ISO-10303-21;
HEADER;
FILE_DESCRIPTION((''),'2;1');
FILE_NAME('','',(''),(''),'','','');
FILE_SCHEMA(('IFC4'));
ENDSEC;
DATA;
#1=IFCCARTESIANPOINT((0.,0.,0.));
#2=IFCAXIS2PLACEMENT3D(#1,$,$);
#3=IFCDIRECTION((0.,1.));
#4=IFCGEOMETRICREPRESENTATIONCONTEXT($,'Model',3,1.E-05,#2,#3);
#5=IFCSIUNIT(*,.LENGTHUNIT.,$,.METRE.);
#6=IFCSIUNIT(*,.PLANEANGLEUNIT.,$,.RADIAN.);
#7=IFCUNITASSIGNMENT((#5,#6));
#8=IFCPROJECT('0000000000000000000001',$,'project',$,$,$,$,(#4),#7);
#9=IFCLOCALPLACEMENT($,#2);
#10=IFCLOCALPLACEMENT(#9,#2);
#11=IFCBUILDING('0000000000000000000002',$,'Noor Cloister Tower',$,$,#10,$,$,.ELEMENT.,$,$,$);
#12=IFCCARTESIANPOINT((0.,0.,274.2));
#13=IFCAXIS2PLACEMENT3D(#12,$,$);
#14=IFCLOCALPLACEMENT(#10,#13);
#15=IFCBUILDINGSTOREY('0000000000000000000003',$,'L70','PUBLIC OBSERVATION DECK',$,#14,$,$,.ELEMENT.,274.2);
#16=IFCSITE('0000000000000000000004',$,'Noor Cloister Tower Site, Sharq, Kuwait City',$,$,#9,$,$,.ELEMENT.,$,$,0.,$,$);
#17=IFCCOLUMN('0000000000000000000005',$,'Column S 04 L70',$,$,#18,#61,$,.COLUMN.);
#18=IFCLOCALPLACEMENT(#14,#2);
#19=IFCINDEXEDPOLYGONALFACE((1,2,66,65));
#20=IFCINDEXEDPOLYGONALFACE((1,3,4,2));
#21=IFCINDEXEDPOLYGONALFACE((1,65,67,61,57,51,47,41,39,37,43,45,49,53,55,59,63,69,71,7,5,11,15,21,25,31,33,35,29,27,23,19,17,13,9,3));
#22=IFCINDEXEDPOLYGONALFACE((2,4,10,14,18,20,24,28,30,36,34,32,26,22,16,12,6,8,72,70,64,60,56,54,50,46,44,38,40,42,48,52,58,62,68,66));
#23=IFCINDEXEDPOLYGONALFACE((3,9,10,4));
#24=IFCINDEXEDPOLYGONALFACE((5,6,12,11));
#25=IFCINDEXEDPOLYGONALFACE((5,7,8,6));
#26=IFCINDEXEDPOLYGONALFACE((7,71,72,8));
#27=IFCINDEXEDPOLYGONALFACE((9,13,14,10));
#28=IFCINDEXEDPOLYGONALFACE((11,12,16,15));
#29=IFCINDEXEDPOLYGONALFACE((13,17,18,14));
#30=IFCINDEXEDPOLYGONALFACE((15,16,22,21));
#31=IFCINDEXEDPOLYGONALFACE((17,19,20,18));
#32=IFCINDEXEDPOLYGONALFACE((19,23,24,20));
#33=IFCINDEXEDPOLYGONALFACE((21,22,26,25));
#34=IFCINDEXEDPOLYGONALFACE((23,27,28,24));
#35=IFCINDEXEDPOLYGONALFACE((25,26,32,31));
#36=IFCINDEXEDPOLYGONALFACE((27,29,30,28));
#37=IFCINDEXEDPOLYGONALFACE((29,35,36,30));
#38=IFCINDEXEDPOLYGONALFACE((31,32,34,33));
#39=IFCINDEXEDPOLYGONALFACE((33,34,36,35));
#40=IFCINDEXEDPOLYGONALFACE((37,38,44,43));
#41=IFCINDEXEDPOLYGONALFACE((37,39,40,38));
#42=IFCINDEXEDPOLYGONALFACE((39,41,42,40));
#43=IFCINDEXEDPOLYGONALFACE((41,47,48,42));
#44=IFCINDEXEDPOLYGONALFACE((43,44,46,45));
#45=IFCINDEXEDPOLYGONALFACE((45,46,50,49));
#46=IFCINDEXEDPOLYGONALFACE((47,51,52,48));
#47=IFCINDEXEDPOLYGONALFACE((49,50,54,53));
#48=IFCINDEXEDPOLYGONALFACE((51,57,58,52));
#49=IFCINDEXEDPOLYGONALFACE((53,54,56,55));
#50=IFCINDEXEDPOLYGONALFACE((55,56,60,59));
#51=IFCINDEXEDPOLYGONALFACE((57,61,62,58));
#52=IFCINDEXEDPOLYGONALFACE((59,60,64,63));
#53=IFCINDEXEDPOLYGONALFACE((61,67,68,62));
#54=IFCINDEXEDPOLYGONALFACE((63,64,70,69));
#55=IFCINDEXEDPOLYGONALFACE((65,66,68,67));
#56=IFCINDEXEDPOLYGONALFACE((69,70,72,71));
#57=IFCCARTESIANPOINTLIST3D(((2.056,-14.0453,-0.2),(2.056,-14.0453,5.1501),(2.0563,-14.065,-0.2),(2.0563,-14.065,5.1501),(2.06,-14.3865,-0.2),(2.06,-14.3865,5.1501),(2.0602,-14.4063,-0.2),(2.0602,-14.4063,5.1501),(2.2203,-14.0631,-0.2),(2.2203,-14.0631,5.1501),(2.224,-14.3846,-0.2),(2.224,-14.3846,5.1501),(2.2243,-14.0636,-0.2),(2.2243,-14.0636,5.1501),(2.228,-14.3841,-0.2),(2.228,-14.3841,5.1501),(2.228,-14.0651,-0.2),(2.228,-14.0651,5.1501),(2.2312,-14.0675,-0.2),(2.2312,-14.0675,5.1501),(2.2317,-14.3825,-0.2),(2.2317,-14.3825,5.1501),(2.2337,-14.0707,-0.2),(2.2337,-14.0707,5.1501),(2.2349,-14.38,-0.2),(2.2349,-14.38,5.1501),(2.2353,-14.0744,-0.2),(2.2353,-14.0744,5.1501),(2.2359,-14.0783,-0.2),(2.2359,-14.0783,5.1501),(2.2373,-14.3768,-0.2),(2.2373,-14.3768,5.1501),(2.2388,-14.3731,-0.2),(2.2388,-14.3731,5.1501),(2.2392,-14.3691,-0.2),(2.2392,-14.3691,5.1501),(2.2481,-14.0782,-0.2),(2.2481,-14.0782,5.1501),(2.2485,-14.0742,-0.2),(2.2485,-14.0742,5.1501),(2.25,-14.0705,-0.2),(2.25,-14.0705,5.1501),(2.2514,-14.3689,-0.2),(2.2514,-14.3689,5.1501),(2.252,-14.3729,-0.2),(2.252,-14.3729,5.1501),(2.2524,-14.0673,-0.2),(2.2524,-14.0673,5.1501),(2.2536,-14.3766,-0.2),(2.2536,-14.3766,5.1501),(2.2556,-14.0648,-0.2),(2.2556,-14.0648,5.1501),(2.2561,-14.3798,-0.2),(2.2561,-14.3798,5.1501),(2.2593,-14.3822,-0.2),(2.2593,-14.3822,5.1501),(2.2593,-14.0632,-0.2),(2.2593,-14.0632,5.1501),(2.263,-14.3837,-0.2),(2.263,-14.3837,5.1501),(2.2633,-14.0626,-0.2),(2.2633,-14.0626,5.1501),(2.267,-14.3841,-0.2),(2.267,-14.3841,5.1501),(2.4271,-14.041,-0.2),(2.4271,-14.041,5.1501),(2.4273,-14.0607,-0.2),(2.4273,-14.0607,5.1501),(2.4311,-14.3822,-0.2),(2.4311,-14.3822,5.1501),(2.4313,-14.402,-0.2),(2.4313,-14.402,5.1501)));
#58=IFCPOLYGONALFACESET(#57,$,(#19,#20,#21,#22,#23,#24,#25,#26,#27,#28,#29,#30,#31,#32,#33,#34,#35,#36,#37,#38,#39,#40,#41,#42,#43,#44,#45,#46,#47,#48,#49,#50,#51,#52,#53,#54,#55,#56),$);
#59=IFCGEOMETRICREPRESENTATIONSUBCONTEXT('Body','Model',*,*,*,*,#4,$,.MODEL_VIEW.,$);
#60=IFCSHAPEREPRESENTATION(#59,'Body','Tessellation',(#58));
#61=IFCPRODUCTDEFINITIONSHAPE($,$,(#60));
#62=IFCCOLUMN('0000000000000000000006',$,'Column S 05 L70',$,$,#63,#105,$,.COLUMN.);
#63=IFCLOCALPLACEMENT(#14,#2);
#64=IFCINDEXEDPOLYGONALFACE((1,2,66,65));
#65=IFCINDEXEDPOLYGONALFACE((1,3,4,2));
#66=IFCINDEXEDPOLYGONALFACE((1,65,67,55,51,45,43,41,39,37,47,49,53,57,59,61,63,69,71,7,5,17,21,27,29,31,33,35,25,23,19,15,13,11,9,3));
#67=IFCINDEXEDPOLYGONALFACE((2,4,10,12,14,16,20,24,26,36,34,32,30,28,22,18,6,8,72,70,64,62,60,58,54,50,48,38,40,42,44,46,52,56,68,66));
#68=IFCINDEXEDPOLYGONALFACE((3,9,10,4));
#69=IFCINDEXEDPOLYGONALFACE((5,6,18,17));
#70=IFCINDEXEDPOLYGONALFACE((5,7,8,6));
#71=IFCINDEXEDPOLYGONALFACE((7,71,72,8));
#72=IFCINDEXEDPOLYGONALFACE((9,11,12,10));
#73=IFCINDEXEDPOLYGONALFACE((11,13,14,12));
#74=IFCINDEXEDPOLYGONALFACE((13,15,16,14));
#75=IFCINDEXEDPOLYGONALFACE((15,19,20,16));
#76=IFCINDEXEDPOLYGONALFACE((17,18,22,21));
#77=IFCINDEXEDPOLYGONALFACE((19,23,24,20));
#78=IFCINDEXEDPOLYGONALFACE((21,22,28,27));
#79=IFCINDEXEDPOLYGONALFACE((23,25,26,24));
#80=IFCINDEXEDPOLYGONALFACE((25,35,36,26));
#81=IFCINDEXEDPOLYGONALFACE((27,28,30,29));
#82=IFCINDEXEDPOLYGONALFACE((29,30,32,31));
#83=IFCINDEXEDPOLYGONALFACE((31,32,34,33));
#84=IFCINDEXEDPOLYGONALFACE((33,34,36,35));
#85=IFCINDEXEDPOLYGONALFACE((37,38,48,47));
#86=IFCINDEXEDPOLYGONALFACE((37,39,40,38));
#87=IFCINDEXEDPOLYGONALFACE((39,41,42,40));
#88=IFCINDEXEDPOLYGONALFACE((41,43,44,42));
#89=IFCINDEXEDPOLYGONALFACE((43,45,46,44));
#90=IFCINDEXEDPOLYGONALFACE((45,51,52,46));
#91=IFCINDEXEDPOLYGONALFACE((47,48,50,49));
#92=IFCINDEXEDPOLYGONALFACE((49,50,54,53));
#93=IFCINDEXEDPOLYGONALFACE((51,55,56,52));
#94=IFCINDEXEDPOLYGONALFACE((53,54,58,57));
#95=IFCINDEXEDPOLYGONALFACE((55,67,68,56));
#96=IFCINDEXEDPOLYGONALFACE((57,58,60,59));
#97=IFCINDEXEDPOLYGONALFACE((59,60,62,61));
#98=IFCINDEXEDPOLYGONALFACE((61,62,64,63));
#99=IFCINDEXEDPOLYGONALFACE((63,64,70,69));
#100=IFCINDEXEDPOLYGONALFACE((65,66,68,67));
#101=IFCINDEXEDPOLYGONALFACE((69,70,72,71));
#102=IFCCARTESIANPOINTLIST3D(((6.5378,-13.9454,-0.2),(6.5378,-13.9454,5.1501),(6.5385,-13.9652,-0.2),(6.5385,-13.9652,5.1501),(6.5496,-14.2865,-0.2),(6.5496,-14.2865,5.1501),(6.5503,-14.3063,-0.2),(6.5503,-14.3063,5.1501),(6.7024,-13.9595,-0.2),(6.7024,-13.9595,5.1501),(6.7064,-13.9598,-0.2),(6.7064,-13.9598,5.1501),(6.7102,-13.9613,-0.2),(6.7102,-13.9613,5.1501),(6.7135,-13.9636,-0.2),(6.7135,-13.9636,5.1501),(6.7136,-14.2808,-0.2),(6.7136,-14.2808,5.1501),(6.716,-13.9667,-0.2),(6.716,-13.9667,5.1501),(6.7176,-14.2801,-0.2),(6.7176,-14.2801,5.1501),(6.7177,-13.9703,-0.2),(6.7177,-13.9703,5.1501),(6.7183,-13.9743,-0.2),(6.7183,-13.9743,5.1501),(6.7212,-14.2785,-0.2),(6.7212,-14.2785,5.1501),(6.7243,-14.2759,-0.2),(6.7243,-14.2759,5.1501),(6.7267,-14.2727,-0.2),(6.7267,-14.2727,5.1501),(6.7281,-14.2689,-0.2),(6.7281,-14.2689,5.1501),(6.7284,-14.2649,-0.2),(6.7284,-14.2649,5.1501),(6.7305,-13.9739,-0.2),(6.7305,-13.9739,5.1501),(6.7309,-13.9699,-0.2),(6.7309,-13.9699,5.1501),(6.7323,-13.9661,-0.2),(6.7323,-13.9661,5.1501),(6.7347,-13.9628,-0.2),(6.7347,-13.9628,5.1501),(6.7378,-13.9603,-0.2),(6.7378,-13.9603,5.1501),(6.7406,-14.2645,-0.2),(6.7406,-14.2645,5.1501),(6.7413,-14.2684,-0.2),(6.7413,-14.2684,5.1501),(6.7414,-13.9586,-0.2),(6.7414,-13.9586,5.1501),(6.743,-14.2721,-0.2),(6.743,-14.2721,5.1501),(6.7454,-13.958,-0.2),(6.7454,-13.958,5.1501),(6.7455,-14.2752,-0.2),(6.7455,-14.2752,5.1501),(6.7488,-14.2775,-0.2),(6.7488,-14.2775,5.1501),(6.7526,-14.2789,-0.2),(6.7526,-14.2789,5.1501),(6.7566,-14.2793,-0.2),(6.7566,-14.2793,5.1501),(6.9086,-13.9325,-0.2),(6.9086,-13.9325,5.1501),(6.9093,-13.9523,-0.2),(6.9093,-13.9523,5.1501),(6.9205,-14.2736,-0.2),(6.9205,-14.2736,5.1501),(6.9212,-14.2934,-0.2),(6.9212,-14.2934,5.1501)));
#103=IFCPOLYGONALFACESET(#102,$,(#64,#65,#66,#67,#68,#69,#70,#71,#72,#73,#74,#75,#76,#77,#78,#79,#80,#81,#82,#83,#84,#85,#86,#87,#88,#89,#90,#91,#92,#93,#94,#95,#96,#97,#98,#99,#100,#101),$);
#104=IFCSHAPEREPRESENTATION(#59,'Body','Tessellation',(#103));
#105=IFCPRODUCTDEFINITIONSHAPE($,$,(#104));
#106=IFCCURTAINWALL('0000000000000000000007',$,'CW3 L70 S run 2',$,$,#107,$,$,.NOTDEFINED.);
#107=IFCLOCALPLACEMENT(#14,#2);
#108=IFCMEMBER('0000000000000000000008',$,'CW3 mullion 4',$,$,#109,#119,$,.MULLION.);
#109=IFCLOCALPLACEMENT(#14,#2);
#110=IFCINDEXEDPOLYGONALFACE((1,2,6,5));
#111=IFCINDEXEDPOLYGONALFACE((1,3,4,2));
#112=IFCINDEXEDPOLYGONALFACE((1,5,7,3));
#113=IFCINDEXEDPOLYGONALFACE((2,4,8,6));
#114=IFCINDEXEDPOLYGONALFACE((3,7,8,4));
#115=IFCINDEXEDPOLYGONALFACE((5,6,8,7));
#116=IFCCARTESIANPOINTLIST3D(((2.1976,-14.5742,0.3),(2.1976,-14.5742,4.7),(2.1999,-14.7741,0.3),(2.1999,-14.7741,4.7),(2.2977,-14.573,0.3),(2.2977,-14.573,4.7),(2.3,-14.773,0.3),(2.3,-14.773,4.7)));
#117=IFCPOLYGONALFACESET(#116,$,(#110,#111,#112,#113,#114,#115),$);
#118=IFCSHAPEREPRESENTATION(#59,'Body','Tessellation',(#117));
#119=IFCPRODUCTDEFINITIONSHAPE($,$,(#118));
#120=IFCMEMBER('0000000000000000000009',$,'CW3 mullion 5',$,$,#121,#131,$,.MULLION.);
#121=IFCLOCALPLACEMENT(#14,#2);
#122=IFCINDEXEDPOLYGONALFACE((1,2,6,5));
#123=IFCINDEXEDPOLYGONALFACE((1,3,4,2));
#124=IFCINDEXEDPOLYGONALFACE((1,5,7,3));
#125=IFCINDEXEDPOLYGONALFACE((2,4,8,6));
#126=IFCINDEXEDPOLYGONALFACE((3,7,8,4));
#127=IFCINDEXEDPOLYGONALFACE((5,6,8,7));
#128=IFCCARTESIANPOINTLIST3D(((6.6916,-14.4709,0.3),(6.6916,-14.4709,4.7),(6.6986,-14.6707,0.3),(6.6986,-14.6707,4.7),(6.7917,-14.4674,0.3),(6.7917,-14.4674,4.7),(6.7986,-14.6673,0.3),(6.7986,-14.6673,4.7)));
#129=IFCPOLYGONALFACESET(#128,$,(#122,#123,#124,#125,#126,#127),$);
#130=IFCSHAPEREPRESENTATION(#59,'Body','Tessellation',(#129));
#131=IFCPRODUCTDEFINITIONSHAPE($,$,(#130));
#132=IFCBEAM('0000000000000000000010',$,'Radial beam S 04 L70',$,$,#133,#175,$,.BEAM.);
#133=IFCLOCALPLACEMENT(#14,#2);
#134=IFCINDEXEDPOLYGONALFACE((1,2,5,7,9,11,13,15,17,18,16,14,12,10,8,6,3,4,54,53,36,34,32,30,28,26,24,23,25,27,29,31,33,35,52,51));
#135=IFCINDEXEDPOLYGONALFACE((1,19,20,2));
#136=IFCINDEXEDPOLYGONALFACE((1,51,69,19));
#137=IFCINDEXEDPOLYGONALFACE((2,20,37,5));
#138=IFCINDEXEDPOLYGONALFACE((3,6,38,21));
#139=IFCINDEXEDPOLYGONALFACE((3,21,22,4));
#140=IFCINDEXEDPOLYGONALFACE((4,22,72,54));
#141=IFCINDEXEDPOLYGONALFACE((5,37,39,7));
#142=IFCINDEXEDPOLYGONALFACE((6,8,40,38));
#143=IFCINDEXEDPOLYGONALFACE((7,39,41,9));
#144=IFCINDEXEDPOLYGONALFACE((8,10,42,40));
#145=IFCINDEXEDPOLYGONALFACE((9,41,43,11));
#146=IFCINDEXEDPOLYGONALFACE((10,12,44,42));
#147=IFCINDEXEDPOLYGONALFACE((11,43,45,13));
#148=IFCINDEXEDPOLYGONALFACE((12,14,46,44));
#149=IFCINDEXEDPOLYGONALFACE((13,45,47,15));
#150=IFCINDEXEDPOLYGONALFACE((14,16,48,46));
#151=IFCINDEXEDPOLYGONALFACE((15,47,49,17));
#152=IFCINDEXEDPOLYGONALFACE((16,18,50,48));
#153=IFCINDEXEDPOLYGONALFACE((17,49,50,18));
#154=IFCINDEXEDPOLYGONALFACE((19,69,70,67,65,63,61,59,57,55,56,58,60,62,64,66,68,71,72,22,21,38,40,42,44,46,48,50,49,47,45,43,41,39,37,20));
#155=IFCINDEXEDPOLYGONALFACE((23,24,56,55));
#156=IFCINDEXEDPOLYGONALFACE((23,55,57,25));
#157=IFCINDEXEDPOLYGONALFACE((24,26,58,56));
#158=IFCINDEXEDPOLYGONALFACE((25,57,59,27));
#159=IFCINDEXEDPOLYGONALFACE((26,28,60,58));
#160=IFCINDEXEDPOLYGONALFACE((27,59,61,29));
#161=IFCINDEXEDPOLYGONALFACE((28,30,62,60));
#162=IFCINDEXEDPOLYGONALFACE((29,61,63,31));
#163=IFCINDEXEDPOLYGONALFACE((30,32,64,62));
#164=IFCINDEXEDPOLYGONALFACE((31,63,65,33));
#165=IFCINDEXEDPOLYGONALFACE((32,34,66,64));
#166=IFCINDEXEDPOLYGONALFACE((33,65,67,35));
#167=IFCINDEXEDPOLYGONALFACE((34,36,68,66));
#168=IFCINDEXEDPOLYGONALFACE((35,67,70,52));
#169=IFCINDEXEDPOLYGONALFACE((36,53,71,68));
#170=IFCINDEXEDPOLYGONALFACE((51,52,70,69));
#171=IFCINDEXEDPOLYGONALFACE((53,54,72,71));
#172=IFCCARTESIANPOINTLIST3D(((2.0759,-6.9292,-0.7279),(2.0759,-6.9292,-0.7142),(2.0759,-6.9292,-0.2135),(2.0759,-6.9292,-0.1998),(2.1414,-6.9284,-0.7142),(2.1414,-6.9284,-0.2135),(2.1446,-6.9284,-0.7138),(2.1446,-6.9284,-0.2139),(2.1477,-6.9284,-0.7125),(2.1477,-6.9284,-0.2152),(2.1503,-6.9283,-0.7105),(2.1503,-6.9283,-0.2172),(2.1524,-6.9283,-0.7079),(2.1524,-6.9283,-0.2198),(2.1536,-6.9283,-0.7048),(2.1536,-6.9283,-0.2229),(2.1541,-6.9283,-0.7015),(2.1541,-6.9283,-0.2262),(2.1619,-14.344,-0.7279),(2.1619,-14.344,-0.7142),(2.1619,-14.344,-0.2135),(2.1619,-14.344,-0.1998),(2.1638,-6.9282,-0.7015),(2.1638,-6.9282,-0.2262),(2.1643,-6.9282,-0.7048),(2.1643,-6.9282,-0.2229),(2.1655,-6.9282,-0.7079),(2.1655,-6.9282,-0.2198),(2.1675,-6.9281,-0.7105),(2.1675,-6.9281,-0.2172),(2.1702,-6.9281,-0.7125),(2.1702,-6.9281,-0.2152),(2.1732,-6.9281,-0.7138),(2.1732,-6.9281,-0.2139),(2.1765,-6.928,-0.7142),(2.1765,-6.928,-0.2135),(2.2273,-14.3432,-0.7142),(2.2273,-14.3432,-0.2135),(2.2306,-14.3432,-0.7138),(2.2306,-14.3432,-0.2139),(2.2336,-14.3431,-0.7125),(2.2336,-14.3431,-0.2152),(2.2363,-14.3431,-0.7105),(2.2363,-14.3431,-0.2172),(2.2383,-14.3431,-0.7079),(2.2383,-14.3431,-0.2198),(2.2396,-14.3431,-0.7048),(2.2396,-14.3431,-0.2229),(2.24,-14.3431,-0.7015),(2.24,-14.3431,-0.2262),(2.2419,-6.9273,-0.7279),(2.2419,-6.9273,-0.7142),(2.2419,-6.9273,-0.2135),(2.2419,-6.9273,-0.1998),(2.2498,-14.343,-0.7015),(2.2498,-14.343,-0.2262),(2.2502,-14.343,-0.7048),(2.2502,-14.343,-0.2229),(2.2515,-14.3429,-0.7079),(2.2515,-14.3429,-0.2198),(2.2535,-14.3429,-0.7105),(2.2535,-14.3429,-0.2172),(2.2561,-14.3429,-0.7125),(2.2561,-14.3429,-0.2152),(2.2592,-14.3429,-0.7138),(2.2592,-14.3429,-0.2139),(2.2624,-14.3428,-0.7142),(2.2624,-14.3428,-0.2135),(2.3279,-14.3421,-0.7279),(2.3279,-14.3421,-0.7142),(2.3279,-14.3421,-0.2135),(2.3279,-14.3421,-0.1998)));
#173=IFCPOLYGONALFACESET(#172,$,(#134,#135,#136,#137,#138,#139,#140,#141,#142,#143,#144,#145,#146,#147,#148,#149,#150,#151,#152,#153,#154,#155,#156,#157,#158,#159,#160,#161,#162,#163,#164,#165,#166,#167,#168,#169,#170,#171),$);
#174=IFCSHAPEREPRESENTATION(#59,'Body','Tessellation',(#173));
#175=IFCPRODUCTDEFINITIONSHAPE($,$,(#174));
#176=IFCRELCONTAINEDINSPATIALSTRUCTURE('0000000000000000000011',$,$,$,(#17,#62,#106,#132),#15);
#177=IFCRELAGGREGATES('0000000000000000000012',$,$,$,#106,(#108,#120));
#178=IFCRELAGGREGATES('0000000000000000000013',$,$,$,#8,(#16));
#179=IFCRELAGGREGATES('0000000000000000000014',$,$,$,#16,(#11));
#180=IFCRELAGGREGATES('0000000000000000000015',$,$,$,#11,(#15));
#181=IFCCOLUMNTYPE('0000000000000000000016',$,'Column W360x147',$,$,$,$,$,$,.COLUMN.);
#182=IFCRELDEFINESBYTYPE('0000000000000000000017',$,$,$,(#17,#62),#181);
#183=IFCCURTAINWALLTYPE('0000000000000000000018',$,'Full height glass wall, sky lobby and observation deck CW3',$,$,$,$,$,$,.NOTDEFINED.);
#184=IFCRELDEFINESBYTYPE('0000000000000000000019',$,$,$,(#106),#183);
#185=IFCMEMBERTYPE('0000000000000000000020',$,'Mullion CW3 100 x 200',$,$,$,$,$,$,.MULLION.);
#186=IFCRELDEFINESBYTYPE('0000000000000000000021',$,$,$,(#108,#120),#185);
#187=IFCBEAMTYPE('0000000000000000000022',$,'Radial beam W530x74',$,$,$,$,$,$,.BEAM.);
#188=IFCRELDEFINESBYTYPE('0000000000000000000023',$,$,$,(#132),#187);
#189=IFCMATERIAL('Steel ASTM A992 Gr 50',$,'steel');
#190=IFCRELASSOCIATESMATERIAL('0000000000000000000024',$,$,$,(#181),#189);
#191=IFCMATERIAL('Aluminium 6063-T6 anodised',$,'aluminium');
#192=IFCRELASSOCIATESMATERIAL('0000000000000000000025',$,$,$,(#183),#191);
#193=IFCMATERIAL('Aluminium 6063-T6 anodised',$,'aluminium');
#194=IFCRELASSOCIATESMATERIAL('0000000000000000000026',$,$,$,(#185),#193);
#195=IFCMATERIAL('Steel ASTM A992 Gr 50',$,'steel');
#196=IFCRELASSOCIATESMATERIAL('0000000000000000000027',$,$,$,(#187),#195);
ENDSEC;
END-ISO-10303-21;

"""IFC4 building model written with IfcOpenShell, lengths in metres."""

from ifc_helpers import new_model, si_unit, direction, frame, origin, origin_2d, place, context, subcontext, project, spatial, rectangle, i_section, extrude, material, material_profile, profile_set, type_object, element, aggregate, save


model = new_model("IFC4")

# Units and contexts
model_context = context("Model", 3, precision=1e-05, world=origin(), true_north=direction((0.0, 1.0)))
body_context = subcontext(model_context, "Body", "Model", "MODEL_VIEW")
ifc_project = project(units=[si_unit("LENGTHUNIT", "METRE"), si_unit("PLANEANGLEUNIT", "RADIAN")], contexts=[model_context])

# Site, building, storey
site_placement = place(None, origin())
site = spatial("IfcSite", under=ifc_project, at=site_placement, Name="Noor Cloister Tower Site, Sharq, Kuwait City", CompositionType="ELEMENT", RefElevation=0.0)
building_placement = place(site_placement, origin())
building = spatial("IfcBuilding", under=site, at=building_placement, Name="Noor Cloister Tower", CompositionType="ELEMENT")
storey_placement = place(building_placement, frame((0.0, 0.0, 274.2)))
storey = spatial("IfcBuildingStorey", under=building, at=storey_placement, Name="L70", Description="PUBLIC OBSERVATION DECK", CompositionType="ELEMENT", Elevation=274.2)

# Columns
ifc_material_1 = material(Name="Steel ASTM A992 Gr 50", Category="steel")
ifc_material_profile_1 = material_profile(ifc_material_1, i_section(OverallWidth=0.3711, OverallDepth=0.3611, WebThickness=0.0122, FlangeThickness=0.0198, FilletRadius=0.0154, at=origin_2d()), Name="W360x147")
ifc_profile_set_1 = profile_set([ifc_material_profile_1], Name="Steel ASTM A992 Gr 50")
column_type = type_object("IfcColumnType", Name="Column W360x147", PredefinedType="COLUMN", material=ifc_profile_set_1)
for number, where, z_axis, x_axis, name in (
    (1, (2.2437, -14.2236, -0.2), (0.0, 0.0, 1.0), (0.999933, 0.011596, 0.0), "Column S 04 L70"),
    (2, (6.7295, -14.1194, -0.2), (0.0, 0.0, 1.0), (0.999395, 0.034782, 0.0), "Column S 05 L70"),
):
    element("IfcColumn", number, at=place(storey_placement, frame(where, z_axis=z_axis, x_axis=x_axis)), inside=storey, type_object=column_type, Name=name, PredefinedType="COLUMN", context=body_context, shape_type="SweptSolid", body=[
        extrude(i_section(OverallWidth=0.3711, OverallDepth=0.3611, WebThickness=0.0122, FlangeThickness=0.0198, FilletRadius=0.0154, at=origin_2d()), origin(), (0.0, 0.0, 1.0), 5.3501),
    ])

# Curtain wall, members
ifc_material_2 = material(Name="Aluminium 6063-T6 anodised", Category="aluminium")
curtain_wall_type = type_object("IfcCurtainWallType", Name="Full height glass wall, sky lobby and observation deck CW3", PredefinedType="NOTDEFINED", material=ifc_material_2)
curtain_wall_placement = place(storey_placement, origin())
curtain_wall = element("IfcCurtainWall", 3, at=curtain_wall_placement, inside=storey, type_object=curtain_wall_type, Name="CW3 L70 S run 2", PredefinedType="NOTDEFINED")
ifc_material_3 = material(Name="Aluminium 6063-T6 anodised", Category="aluminium")
ifc_material_profile_2 = material_profile(ifc_material_3, rectangle(XDim=0.2, YDim=0.1001, at=origin_2d()), Name="200 x 100 mullion")
ifc_profile_set_2 = profile_set([ifc_material_profile_2], Name="Aluminium 6063-T6 anodised")
member_type = type_object("IfcMemberType", Name="Mullion CW3 100 x 200", PredefinedType="MULLION", material=ifc_profile_set_2)
member_1_placement = place(storey_placement, frame((2.2488, -14.6736, 0.3), z_axis=(0.0, 0.0, 1.0), x_axis=(-0.011596, 0.999933, 0.0)))
member_1 = element("IfcMember", 4, at=member_1_placement, type_object=member_type, Name="CW3 mullion 4", PredefinedType="MULLION", context=body_context, shape_type="SweptSolid", body=[
    extrude(rectangle(XDim=0.2, YDim=0.1001, at=origin_2d()), origin(), (0.0, 0.0, 1.0), 4.3999),
])
member_2_placement = place(storey_placement, frame((6.7451, -14.5691, 0.3), z_axis=(0.0, 0.0, 1.0), x_axis=(-0.034782, 0.999395, 0.0)))
member_2 = element("IfcMember", 5, at=member_2_placement, type_object=member_type, Name="CW3 mullion 5", PredefinedType="MULLION", context=body_context, shape_type="SweptSolid", body=[
    extrude(rectangle(XDim=0.2, YDim=0.1001, at=origin_2d()), origin(), (0.0, 0.0, 1.0), 4.3999),
])

# Beam
ifc_material_4 = material(Name="Steel ASTM A992 Gr 50", Category="steel")
ifc_material_profile_3 = material_profile(ifc_material_4, i_section(OverallWidth=0.166, OverallDepth=0.5281, WebThickness=0.0098, FlangeThickness=0.0137, FilletRadius=0.0127, at=origin_2d()), Name="W530x74")
ifc_profile_set_3 = profile_set([ifc_material_profile_3], Name="Steel ASTM A992 Gr 50")
beam_type_1 = type_object("IfcBeamType", Name="Radial beam W530x74", PredefinedType="BEAM", material=ifc_profile_set_3)
beam_1_placement = place(storey_placement, frame((2.2449, -14.343, -0.4639), z_axis=(-0.011589, 0.999933, 0.0), x_axis=(-0.999933, -0.011589, 0.0)))
element("IfcBeam", 6, at=beam_1_placement, inside=storey, type_object=beam_type_1, Name="Radial beam S 04 L70", PredefinedType="BEAM", context=body_context, shape_type="SweptSolid", body=[
    extrude(i_section(OverallWidth=0.166, OverallDepth=0.5281, WebThickness=0.0098, FlangeThickness=0.0137, FilletRadius=0.0127, at=origin_2d()), origin(), (0.0, 0.0, 1.0), 7.4153),
])

aggregate(curtain_wall, [member_1, member_2])

save(model, "model.ifc")
